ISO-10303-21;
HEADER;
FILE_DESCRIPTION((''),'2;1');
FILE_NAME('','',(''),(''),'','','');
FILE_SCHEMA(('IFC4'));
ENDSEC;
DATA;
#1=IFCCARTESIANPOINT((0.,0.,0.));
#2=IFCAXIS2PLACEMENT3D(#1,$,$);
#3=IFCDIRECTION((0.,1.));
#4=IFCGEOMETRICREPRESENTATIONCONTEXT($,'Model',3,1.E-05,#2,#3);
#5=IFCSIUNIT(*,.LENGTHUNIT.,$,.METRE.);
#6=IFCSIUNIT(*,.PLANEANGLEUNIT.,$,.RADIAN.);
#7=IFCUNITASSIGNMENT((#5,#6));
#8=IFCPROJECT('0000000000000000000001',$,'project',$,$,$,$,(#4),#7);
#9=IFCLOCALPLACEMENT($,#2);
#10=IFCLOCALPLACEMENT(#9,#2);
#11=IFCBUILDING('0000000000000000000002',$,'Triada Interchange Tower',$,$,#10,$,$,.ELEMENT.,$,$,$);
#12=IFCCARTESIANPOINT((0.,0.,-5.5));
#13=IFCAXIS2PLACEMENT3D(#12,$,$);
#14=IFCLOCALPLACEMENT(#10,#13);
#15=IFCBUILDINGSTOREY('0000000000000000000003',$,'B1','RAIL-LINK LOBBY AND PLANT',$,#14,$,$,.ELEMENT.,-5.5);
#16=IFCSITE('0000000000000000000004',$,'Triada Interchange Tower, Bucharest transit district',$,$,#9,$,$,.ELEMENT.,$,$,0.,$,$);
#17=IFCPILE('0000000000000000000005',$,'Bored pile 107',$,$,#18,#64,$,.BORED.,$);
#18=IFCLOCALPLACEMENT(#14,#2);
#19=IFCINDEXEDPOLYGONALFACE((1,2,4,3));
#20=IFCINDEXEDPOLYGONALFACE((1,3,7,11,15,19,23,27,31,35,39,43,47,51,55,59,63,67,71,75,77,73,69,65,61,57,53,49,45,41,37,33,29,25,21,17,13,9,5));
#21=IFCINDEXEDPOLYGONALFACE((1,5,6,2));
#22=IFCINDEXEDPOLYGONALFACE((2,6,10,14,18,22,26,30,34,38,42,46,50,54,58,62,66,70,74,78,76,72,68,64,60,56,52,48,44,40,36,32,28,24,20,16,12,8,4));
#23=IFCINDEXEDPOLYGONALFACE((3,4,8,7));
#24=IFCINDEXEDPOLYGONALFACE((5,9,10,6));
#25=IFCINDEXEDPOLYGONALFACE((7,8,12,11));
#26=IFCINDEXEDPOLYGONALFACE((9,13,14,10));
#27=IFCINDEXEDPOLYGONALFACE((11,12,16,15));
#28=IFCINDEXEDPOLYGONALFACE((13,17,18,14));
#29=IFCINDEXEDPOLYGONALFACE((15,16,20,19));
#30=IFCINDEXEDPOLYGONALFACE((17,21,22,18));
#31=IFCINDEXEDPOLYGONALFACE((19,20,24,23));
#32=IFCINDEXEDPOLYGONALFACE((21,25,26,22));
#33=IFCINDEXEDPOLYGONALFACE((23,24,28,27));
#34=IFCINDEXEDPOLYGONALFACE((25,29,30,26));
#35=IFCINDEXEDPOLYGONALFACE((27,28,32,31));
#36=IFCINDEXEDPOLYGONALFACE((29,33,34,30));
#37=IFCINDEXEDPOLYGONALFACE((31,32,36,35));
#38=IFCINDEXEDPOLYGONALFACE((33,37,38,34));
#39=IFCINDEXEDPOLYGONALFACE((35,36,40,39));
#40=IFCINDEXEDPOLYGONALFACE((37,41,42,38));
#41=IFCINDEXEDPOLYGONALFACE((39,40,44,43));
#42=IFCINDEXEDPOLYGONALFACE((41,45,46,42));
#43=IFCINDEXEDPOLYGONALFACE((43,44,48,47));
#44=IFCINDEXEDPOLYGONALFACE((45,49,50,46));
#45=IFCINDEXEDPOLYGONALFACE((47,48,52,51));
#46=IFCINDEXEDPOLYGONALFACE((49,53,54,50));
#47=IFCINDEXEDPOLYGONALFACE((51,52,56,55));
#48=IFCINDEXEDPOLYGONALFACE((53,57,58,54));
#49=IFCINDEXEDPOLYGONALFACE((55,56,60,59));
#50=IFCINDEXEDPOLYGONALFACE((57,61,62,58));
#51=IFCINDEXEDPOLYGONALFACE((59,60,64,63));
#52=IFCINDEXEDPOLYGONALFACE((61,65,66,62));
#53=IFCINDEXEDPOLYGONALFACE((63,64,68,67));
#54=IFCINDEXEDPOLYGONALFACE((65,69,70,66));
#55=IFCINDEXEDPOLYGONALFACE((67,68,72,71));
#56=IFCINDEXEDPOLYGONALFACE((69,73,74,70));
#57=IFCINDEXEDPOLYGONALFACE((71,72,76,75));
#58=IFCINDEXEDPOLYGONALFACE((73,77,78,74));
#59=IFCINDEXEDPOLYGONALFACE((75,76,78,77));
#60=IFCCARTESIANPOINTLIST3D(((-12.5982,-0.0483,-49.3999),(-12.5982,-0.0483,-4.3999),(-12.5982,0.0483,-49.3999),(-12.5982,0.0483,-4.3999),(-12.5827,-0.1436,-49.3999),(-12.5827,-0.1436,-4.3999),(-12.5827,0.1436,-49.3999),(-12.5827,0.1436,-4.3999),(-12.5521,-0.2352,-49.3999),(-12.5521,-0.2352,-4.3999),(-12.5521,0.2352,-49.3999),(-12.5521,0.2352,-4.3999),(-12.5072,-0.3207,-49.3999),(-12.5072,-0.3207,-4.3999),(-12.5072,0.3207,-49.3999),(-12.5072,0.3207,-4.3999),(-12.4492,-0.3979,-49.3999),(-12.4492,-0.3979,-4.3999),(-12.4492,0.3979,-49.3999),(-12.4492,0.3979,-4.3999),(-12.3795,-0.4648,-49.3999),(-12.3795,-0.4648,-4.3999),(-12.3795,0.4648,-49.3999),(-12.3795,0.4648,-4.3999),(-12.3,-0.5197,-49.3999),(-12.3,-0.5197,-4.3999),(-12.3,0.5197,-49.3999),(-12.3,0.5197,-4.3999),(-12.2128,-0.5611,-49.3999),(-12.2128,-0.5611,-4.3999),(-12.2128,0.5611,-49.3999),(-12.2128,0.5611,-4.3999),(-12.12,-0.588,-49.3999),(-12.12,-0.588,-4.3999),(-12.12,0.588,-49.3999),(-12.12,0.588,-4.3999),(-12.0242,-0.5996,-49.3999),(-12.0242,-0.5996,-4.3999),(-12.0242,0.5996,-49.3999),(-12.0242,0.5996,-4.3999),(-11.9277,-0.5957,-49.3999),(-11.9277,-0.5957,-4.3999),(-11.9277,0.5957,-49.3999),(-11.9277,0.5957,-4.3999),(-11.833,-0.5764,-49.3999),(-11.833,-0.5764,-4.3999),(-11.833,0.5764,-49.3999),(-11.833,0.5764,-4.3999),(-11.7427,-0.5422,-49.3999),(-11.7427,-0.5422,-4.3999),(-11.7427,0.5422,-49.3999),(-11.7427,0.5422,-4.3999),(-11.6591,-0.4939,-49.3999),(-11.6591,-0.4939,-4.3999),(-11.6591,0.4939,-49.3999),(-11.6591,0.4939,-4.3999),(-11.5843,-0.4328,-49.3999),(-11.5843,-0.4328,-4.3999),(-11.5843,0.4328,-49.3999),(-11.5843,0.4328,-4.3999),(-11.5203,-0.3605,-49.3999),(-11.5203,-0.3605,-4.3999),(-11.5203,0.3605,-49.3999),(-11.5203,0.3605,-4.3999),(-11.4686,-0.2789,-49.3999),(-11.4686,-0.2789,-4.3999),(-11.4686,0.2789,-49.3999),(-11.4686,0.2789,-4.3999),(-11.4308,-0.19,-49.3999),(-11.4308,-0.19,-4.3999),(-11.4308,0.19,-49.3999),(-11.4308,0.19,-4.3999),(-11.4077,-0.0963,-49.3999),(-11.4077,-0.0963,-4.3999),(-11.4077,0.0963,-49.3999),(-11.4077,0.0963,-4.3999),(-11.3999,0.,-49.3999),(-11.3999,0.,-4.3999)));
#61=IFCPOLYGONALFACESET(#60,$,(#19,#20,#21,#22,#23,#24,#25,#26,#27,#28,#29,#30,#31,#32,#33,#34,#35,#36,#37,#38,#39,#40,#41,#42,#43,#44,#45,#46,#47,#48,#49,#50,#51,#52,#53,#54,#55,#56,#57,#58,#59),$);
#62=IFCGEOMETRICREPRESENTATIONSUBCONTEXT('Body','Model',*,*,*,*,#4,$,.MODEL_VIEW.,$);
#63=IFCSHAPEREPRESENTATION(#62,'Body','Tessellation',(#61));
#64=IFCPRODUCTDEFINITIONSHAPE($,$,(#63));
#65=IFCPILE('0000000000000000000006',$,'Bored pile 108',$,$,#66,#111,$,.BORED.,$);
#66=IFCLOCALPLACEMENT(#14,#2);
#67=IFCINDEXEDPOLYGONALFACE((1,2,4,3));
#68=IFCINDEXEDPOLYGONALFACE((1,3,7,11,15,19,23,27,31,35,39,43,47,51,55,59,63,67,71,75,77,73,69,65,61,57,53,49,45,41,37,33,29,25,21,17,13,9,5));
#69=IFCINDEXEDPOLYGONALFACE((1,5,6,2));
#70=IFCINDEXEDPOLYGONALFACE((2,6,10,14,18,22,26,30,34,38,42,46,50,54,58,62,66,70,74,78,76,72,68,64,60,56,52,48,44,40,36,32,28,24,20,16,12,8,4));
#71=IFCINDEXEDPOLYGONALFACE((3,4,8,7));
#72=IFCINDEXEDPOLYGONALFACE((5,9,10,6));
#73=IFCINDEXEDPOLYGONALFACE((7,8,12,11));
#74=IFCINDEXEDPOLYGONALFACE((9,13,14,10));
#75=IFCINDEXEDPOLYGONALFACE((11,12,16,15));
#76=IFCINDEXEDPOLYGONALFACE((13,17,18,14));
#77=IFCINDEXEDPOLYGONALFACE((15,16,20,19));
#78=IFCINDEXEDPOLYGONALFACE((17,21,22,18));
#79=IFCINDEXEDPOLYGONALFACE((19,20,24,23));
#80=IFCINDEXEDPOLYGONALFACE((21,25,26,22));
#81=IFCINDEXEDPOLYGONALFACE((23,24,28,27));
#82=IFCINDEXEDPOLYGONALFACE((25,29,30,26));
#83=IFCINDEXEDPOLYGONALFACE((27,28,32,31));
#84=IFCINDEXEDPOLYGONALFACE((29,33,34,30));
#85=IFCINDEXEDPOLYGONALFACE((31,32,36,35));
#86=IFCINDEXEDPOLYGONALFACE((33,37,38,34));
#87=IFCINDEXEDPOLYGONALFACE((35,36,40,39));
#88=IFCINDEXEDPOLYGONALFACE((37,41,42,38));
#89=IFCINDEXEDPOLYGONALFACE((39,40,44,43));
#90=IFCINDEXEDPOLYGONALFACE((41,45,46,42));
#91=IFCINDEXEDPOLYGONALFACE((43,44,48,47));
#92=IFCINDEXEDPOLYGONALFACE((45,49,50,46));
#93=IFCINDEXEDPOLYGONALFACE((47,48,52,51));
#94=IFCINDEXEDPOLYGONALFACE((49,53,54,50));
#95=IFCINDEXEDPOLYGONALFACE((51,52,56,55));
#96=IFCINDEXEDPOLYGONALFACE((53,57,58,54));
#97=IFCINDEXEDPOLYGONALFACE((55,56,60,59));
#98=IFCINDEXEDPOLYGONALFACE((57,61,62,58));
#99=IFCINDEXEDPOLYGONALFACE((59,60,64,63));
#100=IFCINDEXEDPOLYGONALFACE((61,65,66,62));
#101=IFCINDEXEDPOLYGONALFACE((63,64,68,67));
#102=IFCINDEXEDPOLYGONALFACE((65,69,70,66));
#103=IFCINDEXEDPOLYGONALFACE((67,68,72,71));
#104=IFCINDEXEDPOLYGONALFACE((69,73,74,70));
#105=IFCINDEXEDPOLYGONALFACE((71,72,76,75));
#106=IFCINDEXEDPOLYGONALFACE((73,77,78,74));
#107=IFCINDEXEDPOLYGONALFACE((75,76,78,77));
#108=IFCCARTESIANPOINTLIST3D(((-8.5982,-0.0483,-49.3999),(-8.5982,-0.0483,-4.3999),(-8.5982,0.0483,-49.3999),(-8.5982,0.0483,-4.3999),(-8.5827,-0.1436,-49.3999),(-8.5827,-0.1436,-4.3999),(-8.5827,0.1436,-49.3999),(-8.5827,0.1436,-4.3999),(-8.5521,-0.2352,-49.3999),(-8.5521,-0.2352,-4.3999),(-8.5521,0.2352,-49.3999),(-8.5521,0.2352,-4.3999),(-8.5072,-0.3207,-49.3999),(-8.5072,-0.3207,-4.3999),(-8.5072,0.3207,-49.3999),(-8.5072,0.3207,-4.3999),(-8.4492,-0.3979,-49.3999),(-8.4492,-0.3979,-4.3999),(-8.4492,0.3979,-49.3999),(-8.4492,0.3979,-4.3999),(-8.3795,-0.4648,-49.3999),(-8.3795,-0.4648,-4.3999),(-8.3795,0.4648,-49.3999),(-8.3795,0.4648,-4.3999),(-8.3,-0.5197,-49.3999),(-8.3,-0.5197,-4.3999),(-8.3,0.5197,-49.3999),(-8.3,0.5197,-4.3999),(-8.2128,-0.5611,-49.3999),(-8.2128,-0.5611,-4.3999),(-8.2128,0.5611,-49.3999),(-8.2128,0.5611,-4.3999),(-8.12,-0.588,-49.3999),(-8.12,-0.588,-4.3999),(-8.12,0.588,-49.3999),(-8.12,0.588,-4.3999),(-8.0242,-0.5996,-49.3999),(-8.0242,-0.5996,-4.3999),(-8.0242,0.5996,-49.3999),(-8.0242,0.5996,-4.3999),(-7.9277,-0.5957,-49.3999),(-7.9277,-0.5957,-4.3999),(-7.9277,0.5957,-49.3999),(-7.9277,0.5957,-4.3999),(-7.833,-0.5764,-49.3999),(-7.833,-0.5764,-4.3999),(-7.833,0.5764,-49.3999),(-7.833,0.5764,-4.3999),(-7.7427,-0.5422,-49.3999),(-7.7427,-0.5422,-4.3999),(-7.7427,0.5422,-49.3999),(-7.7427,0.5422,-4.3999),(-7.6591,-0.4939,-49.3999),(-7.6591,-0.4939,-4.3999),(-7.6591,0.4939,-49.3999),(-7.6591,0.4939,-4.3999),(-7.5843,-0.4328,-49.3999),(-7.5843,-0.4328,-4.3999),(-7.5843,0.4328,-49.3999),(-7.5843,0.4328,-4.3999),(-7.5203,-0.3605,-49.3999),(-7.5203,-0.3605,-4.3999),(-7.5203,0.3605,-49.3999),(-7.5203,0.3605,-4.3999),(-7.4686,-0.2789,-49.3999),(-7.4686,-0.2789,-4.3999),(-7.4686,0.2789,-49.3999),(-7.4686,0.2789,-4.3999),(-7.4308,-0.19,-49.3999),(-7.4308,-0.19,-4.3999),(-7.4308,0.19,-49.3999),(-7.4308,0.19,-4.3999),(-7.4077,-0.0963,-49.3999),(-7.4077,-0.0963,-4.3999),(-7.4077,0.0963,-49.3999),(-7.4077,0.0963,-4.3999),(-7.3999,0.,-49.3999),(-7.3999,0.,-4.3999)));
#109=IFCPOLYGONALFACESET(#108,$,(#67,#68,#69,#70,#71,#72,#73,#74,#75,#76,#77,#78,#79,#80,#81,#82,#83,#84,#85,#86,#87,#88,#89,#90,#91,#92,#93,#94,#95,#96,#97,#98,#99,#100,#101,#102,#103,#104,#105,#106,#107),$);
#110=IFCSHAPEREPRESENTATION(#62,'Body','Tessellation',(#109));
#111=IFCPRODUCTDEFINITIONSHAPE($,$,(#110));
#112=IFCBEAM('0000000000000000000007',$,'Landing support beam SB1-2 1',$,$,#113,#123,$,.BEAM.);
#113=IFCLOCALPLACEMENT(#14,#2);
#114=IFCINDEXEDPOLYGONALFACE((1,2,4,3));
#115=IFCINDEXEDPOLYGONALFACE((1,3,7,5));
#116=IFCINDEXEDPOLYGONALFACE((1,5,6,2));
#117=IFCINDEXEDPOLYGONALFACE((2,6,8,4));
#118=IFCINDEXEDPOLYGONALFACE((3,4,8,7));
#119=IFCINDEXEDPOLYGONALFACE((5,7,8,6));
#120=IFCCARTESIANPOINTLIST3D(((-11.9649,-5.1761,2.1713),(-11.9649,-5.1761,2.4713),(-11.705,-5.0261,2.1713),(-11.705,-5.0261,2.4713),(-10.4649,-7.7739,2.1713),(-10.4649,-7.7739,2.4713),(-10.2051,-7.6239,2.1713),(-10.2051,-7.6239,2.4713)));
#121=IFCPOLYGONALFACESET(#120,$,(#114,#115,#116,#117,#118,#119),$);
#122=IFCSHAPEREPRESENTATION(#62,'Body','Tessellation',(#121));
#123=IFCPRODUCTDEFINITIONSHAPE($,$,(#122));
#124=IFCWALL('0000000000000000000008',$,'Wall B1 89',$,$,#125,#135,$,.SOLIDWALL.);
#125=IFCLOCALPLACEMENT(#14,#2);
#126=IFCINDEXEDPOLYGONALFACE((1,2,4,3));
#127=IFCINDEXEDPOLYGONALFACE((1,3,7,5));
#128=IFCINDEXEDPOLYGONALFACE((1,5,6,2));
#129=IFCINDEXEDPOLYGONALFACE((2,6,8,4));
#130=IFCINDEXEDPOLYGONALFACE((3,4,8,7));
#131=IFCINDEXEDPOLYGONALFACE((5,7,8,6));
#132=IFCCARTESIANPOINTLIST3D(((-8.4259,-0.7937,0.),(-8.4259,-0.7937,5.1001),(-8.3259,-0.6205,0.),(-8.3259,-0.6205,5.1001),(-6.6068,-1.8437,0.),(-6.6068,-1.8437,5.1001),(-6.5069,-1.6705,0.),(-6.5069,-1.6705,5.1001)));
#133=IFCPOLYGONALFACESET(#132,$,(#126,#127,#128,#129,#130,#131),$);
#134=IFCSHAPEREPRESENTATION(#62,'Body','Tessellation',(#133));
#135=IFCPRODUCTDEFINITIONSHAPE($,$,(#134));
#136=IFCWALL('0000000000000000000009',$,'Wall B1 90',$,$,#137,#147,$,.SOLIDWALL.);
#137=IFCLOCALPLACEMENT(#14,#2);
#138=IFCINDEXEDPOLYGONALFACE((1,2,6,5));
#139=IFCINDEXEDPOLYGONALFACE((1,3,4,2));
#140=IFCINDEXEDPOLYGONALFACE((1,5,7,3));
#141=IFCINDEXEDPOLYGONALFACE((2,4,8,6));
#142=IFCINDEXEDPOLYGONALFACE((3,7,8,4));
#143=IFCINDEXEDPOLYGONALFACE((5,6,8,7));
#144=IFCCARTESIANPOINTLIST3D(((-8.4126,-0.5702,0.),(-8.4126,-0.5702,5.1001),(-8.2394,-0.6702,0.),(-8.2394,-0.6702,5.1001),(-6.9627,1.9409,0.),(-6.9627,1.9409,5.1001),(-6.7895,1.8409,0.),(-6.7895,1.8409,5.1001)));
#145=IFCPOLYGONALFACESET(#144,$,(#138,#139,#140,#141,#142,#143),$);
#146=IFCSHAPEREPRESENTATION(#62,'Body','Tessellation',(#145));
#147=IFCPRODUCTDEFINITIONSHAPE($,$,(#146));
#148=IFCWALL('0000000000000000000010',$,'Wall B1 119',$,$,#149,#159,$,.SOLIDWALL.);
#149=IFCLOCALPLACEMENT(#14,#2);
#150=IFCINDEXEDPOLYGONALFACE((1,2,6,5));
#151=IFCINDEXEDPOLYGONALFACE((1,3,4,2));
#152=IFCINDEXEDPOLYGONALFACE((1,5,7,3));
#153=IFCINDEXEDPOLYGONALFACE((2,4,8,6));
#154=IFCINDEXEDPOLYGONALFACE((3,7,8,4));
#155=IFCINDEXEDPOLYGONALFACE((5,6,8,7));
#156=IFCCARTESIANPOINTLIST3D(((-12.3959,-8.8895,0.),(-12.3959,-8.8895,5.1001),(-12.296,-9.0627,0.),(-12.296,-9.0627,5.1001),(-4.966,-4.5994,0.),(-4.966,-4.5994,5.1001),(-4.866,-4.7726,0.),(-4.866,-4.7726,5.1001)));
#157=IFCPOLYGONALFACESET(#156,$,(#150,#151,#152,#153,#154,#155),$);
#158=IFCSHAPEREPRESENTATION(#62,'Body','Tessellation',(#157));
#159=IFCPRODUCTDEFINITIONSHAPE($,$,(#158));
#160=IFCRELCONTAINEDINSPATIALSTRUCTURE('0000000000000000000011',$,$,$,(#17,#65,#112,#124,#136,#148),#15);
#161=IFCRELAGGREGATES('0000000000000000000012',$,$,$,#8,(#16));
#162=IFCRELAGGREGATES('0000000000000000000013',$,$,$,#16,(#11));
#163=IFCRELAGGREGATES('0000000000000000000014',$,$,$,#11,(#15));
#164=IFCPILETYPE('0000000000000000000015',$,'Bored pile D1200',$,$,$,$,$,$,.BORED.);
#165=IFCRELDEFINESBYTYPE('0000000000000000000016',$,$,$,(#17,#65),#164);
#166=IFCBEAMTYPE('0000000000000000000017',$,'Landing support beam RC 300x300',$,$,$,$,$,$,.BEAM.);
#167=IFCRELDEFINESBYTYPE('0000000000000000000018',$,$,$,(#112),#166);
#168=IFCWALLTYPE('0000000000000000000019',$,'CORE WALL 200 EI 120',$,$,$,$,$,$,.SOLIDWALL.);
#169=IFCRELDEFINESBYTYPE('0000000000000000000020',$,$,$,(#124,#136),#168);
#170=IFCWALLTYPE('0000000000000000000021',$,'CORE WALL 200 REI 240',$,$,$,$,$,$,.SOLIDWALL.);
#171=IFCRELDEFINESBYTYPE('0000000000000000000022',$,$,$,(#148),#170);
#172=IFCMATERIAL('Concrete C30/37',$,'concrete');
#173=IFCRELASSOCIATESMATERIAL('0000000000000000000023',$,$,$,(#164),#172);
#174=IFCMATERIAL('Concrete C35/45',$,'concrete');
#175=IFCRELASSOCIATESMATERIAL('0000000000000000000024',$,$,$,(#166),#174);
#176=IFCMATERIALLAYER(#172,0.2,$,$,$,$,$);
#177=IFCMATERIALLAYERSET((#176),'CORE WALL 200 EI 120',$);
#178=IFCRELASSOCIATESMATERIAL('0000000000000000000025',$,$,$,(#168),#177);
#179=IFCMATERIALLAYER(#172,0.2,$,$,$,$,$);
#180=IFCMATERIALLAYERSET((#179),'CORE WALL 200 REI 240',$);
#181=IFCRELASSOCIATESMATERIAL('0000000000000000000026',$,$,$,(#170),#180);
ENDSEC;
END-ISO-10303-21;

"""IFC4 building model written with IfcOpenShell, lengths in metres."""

from ifc_helpers import new_model, si_unit, direction, frame, frame_2d, origin, origin_2d, place, context, subcontext, project, spatial, rectangle, circle, extrude, material, layer, layer_set, material_profile, profile_set, type_object, element, save


model = new_model("IFC4")

# Units and contexts
model_context = context("Model", 3, precision=1e-05, world=origin(), true_north=direction((0.0, 1.0)))
body_context = subcontext(model_context, "Body", "Model", "MODEL_VIEW")
ifc_project = project(units=[si_unit("LENGTHUNIT", "METRE"), si_unit("PLANEANGLEUNIT", "RADIAN")], contexts=[model_context])

# Site, building, storey
site_placement = place(None, origin())
site = spatial("IfcSite", under=ifc_project, at=site_placement, Name="Triada Interchange Tower, Bucharest transit district", CompositionType="ELEMENT", RefElevation=0.0)
building_placement = place(site_placement, origin())
building = spatial("IfcBuilding", under=site, at=building_placement, Name="Triada Interchange Tower", CompositionType="ELEMENT")
storey_placement = place(building_placement, frame((0.0, 0.0, -5.5)))
storey = spatial("IfcBuildingStorey", under=building, at=storey_placement, Name="B1", Description="RAIL-LINK LOBBY AND PLANT", CompositionType="ELEMENT", Elevation=-5.5)

# Piles
ifc_material_1 = material(Name="Concrete C30/37", Category="concrete")
ifc_material_profile_1 = material_profile(ifc_material_1, circle(Radius=0.6001, at=origin_2d()), Name="RC D1200")
ifc_profile_set_1 = profile_set([ifc_material_profile_1], Name="Concrete C30/37")
pile_type = type_object("IfcPileType", Name="Bored pile D1200", PredefinedType="BORED", material=ifc_profile_set_1)
for number, where, z_axis, x_axis, name in (
    (1, (-12.0, 0.0, -4.3999), (0.0, 0.0, -1.0), (1.0, 0.0, 0.0), "Bored pile 107"),
    (2, (-8.0, 0.0, -4.3999), (0.0, 0.0, -1.0), (1.0, 0.0, 0.0), "Bored pile 108"),
):
    element("IfcPile", number, at=place(storey_placement, frame(where, z_axis=z_axis, x_axis=x_axis)), inside=storey, type_object=pile_type, Name=name, PredefinedType="BORED", context=body_context, shape_type="SweptSolid", body=[
        extrude(circle(Radius=0.6001, at=origin_2d()), origin(), (0.0, 0.0, 1.0), 45.0),
    ])

# Beam
ifc_material_2 = material(Name="Concrete C35/45", Category="concrete")
ifc_material_profile_2 = material_profile(ifc_material_2, rectangle(XDim=0.3, YDim=0.3, at=origin_2d()), Name="RC 300x300")
ifc_profile_set_2 = profile_set([ifc_material_profile_2], Name="Concrete C35/45")
beam_type = type_object("IfcBeamType", Name="Landing support beam RC 300x300", PredefinedType="BEAM", material=ifc_profile_set_2)
beam_placement = place(storey_placement, frame((-11.835, -5.1011, 2.3213), z_axis=(0.500025, -0.866011, 0.0), x_axis=(0.866011, 0.500025, 0.0)))
element("IfcBeam", 3, at=beam_placement, inside=storey, type_object=beam_type, Name="Landing support beam SB1-2 1", PredefinedType="BEAM", context=body_context, shape_type="SweptSolid", body=[
    extrude(rectangle(XDim=0.3, YDim=0.3, at=origin_2d()), origin(), (0.0, 0.0, 1.0), 2.9998),
])

# Walls
ifc_layer_1 = layer(ifc_material_1, 0.2)
ifc_layer_set_1 = layer_set([ifc_layer_1], Name="CORE WALL 200 EI 120")
wall_type_1 = type_object("IfcWallType", Name="CORE WALL 200 EI 120", PredefinedType="SOLIDWALL", material=ifc_layer_set_1)
wall_1_placement = place(storey_placement, frame((-8.376, -0.707, 0.0), z_axis=(0.0, 0.0, 1.0), x_axis=(0.866068, -0.499927, 0.0)))
element("IfcWall", 4, at=wall_1_placement, inside=storey, type_object=wall_type_1, Name="Wall B1 89", PredefinedType="SOLIDWALL", context=body_context, shape_type="SweptSolid", body=[
    extrude(rectangle(XDim=2.1003, YDim=0.2, at=frame_2d((1.0503, 0.0))), origin(), (0.0, 0.0, 1.0), 5.1001),
])
wall_2_placement = place(storey_placement, frame((-8.3259, -0.6201, 0.0), z_axis=(0.0, 0.0, 1.0), x_axis=(0.500024, 0.866012, 0.0)))
element("IfcWall", 5, at=wall_2_placement, inside=storey, type_object=wall_type_1, Name="Wall B1 90", PredefinedType="SOLIDWALL", context=body_context, shape_type="SweptSolid", body=[
    extrude(rectangle(XDim=2.8997, YDim=0.2, at=frame_2d((1.4497, 0.0))), origin(), (0.0, 0.0, 1.0), 5.1001),
])
ifc_layer_2 = layer(ifc_material_1, 0.2)
ifc_layer_set_2 = layer_set([ifc_layer_2], Name="CORE WALL 200 REI 240")
wall_type_2 = type_object("IfcWallType", Name="CORE WALL 200 REI 240", PredefinedType="SOLIDWALL", material=ifc_layer_set_2)
wall_3_placement = place(storey_placement, frame((-12.3459, -8.9761, 0.0), z_axis=(0.0, 0.0, 1.0), x_axis=(0.866007, 0.500032, 0.0)))
element("IfcWall", 6, at=wall_3_placement, inside=storey, type_object=wall_type_2, Name="Wall B1 119", PredefinedType="SOLIDWALL", context=body_context, shape_type="SweptSolid", body=[
    extrude(rectangle(XDim=8.5796, YDim=0.2, at=frame_2d((4.2898, 0.0))), origin(), (0.0, 0.0, 1.0), 5.1001),
])

save(model, "model.ifc")
